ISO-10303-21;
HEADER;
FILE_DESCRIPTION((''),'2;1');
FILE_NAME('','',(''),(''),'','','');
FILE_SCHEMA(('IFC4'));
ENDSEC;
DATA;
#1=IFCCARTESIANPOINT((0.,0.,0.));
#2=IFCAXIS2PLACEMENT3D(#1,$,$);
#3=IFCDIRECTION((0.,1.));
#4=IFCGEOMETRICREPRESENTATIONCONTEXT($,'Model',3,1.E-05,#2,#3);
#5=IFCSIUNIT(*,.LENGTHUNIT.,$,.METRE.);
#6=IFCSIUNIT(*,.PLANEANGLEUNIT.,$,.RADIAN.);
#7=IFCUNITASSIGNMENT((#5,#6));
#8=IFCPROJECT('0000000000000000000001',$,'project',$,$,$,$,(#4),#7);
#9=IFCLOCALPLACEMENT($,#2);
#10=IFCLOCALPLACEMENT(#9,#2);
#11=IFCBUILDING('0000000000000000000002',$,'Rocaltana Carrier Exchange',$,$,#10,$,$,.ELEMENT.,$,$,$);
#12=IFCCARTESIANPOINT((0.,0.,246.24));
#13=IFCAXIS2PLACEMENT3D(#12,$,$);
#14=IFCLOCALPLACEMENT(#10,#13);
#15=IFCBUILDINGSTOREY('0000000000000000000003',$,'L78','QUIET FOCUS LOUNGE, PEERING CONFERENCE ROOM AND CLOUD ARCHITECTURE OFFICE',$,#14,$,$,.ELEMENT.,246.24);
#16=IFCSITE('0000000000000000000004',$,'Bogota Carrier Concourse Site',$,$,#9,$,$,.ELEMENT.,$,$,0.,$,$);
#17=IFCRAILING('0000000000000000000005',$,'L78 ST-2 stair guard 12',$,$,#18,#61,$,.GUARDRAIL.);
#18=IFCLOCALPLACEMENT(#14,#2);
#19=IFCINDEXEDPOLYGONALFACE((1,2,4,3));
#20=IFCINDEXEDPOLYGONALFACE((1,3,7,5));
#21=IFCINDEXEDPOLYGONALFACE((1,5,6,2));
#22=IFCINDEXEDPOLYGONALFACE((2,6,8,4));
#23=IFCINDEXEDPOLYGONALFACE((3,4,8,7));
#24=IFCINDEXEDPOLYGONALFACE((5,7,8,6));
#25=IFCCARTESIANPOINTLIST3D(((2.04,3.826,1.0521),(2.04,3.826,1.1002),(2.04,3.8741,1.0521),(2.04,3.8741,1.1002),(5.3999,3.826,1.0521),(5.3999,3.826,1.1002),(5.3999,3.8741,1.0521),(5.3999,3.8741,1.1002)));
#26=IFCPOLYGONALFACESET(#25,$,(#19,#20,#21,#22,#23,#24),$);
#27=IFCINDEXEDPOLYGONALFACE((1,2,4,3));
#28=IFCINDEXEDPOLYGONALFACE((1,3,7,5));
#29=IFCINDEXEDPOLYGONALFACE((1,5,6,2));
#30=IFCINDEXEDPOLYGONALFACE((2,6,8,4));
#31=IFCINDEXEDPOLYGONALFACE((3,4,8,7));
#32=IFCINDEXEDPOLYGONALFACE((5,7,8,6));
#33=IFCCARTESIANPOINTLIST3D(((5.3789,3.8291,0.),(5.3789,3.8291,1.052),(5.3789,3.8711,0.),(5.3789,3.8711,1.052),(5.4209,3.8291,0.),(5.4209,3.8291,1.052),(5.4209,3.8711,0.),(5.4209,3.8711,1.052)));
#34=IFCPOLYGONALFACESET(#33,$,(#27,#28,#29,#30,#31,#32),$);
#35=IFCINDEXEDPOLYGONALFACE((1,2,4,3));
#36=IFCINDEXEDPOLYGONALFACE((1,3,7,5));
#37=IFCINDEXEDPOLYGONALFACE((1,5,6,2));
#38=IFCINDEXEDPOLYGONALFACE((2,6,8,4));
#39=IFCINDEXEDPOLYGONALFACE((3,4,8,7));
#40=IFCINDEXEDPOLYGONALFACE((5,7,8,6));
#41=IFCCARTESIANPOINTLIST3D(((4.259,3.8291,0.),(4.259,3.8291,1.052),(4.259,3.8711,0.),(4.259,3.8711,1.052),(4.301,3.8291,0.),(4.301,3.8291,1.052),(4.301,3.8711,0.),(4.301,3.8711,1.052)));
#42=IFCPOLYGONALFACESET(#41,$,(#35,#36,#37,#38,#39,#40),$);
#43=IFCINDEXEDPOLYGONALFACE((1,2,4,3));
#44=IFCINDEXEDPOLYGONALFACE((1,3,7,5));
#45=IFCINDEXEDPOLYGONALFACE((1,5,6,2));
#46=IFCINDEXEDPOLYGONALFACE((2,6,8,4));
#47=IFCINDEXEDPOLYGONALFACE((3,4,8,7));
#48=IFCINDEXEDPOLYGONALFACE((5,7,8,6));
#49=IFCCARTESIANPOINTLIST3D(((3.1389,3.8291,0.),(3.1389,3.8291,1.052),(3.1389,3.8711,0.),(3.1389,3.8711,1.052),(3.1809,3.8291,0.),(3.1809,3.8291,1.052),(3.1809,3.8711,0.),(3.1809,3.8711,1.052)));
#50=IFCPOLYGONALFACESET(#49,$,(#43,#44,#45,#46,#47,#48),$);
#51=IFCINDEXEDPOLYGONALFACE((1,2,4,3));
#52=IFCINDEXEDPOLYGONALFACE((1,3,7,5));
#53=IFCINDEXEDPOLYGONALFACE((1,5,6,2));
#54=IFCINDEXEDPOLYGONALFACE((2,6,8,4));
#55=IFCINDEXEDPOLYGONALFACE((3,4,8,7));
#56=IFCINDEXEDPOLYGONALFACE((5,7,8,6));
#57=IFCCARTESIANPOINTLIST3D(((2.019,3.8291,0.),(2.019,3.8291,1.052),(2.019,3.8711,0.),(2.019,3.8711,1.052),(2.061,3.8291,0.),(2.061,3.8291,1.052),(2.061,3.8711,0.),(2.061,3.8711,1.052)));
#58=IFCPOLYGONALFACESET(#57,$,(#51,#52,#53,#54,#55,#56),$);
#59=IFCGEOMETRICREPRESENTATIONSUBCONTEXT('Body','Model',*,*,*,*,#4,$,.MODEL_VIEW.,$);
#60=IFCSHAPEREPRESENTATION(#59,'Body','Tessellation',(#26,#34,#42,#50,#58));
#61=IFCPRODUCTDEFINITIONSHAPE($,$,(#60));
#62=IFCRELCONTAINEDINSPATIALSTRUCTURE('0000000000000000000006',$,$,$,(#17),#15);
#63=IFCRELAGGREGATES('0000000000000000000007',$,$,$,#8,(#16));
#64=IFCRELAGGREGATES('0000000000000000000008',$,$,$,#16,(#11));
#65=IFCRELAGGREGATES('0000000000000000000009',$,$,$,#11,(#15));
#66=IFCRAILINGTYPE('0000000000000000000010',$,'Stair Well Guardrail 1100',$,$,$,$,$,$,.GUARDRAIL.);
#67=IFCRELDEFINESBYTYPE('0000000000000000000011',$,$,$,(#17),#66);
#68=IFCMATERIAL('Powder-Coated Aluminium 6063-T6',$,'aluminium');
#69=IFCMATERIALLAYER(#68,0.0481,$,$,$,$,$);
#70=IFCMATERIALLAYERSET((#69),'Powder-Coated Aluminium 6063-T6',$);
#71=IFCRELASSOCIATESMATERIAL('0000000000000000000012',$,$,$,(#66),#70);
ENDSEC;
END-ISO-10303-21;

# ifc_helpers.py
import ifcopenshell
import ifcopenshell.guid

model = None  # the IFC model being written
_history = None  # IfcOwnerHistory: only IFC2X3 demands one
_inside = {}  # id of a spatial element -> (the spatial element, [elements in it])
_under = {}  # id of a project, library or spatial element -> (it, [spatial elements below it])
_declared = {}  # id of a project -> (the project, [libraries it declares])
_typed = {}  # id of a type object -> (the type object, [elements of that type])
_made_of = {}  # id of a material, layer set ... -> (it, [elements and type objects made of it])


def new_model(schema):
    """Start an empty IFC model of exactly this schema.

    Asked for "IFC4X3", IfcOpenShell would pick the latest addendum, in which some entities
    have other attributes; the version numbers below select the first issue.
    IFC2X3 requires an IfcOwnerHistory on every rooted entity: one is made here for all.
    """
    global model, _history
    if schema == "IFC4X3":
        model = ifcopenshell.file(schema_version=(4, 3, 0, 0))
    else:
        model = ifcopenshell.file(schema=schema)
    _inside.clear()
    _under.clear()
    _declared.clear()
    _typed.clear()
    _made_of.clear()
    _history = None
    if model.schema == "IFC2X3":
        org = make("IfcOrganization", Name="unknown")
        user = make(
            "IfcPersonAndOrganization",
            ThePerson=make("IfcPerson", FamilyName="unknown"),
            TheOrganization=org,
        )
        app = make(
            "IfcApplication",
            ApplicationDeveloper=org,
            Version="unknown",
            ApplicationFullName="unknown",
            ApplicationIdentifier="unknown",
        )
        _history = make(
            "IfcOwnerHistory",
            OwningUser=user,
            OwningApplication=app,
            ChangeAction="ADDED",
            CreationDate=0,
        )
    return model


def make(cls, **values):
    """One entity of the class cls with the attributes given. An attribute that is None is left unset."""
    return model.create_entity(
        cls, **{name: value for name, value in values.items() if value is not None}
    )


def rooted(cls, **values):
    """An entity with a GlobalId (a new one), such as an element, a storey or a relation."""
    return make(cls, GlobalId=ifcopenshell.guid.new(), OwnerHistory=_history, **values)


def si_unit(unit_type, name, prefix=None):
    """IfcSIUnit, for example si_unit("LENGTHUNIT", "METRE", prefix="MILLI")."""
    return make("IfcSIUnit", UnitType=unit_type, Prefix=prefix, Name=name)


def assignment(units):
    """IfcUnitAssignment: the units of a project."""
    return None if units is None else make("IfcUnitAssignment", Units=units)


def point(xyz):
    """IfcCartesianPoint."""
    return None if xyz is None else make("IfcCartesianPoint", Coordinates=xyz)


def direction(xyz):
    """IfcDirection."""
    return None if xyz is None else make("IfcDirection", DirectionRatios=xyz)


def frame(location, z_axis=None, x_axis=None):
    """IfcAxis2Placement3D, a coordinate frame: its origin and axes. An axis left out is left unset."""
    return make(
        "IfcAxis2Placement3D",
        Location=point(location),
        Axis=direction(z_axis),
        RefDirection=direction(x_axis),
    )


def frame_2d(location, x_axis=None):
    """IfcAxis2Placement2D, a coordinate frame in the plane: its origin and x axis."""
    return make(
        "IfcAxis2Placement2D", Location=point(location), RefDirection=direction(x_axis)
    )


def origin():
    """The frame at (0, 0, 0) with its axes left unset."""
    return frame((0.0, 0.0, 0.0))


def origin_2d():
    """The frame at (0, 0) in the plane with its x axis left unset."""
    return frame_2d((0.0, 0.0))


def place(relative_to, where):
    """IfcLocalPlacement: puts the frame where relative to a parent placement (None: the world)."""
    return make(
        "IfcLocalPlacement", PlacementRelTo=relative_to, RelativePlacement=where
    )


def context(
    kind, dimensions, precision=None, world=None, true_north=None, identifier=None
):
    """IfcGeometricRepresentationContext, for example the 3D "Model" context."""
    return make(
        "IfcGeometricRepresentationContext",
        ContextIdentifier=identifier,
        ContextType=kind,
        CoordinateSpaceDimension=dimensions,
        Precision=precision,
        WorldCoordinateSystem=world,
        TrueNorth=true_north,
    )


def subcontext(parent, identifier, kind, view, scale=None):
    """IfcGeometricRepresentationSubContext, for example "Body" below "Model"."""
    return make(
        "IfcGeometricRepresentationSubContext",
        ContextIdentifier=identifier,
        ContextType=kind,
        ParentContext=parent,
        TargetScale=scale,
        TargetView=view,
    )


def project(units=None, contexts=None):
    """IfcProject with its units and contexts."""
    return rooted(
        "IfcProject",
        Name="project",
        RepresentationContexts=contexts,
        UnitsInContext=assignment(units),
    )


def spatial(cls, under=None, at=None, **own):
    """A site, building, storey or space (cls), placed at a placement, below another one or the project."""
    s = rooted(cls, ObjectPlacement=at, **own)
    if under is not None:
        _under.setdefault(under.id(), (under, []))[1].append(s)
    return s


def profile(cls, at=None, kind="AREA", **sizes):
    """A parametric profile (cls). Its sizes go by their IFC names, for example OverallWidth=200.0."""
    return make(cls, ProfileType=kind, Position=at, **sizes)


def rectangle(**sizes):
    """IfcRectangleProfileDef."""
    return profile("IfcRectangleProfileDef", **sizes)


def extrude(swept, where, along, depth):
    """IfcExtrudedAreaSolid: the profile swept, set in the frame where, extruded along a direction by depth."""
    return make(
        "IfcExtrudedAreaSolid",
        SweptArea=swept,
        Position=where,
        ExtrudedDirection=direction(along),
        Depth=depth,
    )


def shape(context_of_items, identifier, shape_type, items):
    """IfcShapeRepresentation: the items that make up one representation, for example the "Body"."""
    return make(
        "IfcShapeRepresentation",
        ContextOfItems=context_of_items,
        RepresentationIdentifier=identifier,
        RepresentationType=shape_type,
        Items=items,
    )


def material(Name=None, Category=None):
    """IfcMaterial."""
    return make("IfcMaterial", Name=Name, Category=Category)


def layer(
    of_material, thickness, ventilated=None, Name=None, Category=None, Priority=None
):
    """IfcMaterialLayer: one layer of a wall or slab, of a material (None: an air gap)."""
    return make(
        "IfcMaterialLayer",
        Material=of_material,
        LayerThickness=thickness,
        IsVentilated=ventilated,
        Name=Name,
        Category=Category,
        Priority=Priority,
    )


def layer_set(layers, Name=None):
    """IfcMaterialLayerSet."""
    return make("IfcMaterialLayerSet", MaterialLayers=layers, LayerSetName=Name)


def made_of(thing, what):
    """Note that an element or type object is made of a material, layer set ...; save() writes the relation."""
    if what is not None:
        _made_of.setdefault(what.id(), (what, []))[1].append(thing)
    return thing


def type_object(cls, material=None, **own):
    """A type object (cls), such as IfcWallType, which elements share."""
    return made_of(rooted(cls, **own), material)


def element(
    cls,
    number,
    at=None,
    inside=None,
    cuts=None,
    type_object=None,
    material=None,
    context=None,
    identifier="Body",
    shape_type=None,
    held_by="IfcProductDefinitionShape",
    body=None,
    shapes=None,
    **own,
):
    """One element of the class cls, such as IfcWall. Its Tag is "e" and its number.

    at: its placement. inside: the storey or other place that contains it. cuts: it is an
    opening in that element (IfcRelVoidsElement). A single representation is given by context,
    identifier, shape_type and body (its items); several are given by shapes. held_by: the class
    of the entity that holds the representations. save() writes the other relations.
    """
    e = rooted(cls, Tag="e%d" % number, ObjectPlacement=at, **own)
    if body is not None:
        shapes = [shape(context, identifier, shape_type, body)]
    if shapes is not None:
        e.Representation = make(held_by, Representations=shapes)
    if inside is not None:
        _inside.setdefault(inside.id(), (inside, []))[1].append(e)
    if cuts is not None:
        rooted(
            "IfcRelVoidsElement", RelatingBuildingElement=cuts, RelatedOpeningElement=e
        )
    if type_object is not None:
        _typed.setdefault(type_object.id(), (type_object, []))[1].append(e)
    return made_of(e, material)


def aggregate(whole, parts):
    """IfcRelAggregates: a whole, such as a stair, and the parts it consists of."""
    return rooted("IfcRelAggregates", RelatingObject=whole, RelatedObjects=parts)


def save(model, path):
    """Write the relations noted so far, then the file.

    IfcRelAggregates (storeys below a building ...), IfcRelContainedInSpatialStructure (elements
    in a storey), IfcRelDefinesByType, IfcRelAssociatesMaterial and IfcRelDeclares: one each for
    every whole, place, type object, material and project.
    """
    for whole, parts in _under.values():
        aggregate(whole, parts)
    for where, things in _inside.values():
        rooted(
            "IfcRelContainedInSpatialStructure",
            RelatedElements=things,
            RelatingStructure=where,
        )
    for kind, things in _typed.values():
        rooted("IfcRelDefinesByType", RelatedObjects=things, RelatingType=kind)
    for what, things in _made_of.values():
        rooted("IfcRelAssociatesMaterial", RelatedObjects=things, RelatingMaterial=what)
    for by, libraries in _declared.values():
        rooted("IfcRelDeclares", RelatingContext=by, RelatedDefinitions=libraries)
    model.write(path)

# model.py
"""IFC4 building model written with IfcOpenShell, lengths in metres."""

from ifc_helpers import new_model, si_unit, direction, frame, origin, origin_2d, place, context, subcontext, project, spatial, rectangle, extrude, material, layer, layer_set, type_object, element, save


model = new_model("IFC4")

# Units and contexts
model_context = context("Model", 3, precision=1e-05, world=origin(), true_north=direction((0.0, 1.0)))
body_context = subcontext(model_context, "Body", "Model", "MODEL_VIEW")
ifc_project = project(units=[si_unit("LENGTHUNIT", "METRE"), si_unit("PLANEANGLEUNIT", "RADIAN")], contexts=[model_context])

# Site, building, storey
site_placement = place(None, origin())
site = spatial("IfcSite", under=ifc_project, at=site_placement, Name="Bogota Carrier Concourse Site", CompositionType="ELEMENT", RefElevation=0.0)
building_placement = place(site_placement, origin())
building = spatial("IfcBuilding", under=site, at=building_placement, Name="Rocaltana Carrier Exchange", CompositionType="ELEMENT")
storey_placement = place(building_placement, frame((0.0, 0.0, 246.24)))
storey = spatial("IfcBuildingStorey", under=building, at=storey_placement, Name="L78", Description="QUIET FOCUS LOUNGE, PEERING CONFERENCE ROOM AND CLOUD ARCHITECTURE OFFICE", CompositionType="ELEMENT", Elevation=246.24)

# Railing
ifc_material_1 = material(Name="Powder-Coated Aluminium 6063-T6", Category="aluminium")
ifc_layer_1 = layer(ifc_material_1, 0.0481)
ifc_layer_set_1 = layer_set([ifc_layer_1], Name="Powder-Coated Aluminium 6063-T6")
railing_type_1 = type_object("IfcRailingType", Name="Stair Well Guardrail 1100", PredefinedType="GUARDRAIL", material=ifc_layer_set_1)
railing_1_placement = place(storey_placement, frame((5.3999, 3.8501, 0.0)))
element("IfcRailing", 1, at=railing_1_placement, inside=storey, type_object=railing_type_1, Name="L78 ST-2 stair guard 12", PredefinedType="GUARDRAIL", context=body_context, shape_type="SweptSolid", body=[
    extrude(rectangle(XDim=0.0481, YDim=0.0481, at=origin_2d()), frame((0.0, 0.0, 1.0762), z_axis=(-1.0, 0.0, 0.0), x_axis=(0.0, -1.0, 0.0)), (0.0, 0.0, 1.0), 3.3599),
    extrude(rectangle(XDim=0.042, YDim=0.042, at=origin_2d()), origin(), (0.0, 0.0, 1.0), 1.052),
    extrude(rectangle(XDim=0.042, YDim=0.042, at=origin_2d()), frame((-1.1199, 0.0, 0.0)), (0.0, 0.0, 1.0), 1.052),
    extrude(rectangle(XDim=0.042, YDim=0.042, at=origin_2d()), frame((-2.24, 0.0, 0.0)), (0.0, 0.0, 1.0), 1.052),
    extrude(rectangle(XDim=0.042, YDim=0.042, at=origin_2d()), frame((-3.3599, 0.0, 0.0)), (0.0, 0.0, 1.0), 1.052),
])

save(model, "model.ifc")
